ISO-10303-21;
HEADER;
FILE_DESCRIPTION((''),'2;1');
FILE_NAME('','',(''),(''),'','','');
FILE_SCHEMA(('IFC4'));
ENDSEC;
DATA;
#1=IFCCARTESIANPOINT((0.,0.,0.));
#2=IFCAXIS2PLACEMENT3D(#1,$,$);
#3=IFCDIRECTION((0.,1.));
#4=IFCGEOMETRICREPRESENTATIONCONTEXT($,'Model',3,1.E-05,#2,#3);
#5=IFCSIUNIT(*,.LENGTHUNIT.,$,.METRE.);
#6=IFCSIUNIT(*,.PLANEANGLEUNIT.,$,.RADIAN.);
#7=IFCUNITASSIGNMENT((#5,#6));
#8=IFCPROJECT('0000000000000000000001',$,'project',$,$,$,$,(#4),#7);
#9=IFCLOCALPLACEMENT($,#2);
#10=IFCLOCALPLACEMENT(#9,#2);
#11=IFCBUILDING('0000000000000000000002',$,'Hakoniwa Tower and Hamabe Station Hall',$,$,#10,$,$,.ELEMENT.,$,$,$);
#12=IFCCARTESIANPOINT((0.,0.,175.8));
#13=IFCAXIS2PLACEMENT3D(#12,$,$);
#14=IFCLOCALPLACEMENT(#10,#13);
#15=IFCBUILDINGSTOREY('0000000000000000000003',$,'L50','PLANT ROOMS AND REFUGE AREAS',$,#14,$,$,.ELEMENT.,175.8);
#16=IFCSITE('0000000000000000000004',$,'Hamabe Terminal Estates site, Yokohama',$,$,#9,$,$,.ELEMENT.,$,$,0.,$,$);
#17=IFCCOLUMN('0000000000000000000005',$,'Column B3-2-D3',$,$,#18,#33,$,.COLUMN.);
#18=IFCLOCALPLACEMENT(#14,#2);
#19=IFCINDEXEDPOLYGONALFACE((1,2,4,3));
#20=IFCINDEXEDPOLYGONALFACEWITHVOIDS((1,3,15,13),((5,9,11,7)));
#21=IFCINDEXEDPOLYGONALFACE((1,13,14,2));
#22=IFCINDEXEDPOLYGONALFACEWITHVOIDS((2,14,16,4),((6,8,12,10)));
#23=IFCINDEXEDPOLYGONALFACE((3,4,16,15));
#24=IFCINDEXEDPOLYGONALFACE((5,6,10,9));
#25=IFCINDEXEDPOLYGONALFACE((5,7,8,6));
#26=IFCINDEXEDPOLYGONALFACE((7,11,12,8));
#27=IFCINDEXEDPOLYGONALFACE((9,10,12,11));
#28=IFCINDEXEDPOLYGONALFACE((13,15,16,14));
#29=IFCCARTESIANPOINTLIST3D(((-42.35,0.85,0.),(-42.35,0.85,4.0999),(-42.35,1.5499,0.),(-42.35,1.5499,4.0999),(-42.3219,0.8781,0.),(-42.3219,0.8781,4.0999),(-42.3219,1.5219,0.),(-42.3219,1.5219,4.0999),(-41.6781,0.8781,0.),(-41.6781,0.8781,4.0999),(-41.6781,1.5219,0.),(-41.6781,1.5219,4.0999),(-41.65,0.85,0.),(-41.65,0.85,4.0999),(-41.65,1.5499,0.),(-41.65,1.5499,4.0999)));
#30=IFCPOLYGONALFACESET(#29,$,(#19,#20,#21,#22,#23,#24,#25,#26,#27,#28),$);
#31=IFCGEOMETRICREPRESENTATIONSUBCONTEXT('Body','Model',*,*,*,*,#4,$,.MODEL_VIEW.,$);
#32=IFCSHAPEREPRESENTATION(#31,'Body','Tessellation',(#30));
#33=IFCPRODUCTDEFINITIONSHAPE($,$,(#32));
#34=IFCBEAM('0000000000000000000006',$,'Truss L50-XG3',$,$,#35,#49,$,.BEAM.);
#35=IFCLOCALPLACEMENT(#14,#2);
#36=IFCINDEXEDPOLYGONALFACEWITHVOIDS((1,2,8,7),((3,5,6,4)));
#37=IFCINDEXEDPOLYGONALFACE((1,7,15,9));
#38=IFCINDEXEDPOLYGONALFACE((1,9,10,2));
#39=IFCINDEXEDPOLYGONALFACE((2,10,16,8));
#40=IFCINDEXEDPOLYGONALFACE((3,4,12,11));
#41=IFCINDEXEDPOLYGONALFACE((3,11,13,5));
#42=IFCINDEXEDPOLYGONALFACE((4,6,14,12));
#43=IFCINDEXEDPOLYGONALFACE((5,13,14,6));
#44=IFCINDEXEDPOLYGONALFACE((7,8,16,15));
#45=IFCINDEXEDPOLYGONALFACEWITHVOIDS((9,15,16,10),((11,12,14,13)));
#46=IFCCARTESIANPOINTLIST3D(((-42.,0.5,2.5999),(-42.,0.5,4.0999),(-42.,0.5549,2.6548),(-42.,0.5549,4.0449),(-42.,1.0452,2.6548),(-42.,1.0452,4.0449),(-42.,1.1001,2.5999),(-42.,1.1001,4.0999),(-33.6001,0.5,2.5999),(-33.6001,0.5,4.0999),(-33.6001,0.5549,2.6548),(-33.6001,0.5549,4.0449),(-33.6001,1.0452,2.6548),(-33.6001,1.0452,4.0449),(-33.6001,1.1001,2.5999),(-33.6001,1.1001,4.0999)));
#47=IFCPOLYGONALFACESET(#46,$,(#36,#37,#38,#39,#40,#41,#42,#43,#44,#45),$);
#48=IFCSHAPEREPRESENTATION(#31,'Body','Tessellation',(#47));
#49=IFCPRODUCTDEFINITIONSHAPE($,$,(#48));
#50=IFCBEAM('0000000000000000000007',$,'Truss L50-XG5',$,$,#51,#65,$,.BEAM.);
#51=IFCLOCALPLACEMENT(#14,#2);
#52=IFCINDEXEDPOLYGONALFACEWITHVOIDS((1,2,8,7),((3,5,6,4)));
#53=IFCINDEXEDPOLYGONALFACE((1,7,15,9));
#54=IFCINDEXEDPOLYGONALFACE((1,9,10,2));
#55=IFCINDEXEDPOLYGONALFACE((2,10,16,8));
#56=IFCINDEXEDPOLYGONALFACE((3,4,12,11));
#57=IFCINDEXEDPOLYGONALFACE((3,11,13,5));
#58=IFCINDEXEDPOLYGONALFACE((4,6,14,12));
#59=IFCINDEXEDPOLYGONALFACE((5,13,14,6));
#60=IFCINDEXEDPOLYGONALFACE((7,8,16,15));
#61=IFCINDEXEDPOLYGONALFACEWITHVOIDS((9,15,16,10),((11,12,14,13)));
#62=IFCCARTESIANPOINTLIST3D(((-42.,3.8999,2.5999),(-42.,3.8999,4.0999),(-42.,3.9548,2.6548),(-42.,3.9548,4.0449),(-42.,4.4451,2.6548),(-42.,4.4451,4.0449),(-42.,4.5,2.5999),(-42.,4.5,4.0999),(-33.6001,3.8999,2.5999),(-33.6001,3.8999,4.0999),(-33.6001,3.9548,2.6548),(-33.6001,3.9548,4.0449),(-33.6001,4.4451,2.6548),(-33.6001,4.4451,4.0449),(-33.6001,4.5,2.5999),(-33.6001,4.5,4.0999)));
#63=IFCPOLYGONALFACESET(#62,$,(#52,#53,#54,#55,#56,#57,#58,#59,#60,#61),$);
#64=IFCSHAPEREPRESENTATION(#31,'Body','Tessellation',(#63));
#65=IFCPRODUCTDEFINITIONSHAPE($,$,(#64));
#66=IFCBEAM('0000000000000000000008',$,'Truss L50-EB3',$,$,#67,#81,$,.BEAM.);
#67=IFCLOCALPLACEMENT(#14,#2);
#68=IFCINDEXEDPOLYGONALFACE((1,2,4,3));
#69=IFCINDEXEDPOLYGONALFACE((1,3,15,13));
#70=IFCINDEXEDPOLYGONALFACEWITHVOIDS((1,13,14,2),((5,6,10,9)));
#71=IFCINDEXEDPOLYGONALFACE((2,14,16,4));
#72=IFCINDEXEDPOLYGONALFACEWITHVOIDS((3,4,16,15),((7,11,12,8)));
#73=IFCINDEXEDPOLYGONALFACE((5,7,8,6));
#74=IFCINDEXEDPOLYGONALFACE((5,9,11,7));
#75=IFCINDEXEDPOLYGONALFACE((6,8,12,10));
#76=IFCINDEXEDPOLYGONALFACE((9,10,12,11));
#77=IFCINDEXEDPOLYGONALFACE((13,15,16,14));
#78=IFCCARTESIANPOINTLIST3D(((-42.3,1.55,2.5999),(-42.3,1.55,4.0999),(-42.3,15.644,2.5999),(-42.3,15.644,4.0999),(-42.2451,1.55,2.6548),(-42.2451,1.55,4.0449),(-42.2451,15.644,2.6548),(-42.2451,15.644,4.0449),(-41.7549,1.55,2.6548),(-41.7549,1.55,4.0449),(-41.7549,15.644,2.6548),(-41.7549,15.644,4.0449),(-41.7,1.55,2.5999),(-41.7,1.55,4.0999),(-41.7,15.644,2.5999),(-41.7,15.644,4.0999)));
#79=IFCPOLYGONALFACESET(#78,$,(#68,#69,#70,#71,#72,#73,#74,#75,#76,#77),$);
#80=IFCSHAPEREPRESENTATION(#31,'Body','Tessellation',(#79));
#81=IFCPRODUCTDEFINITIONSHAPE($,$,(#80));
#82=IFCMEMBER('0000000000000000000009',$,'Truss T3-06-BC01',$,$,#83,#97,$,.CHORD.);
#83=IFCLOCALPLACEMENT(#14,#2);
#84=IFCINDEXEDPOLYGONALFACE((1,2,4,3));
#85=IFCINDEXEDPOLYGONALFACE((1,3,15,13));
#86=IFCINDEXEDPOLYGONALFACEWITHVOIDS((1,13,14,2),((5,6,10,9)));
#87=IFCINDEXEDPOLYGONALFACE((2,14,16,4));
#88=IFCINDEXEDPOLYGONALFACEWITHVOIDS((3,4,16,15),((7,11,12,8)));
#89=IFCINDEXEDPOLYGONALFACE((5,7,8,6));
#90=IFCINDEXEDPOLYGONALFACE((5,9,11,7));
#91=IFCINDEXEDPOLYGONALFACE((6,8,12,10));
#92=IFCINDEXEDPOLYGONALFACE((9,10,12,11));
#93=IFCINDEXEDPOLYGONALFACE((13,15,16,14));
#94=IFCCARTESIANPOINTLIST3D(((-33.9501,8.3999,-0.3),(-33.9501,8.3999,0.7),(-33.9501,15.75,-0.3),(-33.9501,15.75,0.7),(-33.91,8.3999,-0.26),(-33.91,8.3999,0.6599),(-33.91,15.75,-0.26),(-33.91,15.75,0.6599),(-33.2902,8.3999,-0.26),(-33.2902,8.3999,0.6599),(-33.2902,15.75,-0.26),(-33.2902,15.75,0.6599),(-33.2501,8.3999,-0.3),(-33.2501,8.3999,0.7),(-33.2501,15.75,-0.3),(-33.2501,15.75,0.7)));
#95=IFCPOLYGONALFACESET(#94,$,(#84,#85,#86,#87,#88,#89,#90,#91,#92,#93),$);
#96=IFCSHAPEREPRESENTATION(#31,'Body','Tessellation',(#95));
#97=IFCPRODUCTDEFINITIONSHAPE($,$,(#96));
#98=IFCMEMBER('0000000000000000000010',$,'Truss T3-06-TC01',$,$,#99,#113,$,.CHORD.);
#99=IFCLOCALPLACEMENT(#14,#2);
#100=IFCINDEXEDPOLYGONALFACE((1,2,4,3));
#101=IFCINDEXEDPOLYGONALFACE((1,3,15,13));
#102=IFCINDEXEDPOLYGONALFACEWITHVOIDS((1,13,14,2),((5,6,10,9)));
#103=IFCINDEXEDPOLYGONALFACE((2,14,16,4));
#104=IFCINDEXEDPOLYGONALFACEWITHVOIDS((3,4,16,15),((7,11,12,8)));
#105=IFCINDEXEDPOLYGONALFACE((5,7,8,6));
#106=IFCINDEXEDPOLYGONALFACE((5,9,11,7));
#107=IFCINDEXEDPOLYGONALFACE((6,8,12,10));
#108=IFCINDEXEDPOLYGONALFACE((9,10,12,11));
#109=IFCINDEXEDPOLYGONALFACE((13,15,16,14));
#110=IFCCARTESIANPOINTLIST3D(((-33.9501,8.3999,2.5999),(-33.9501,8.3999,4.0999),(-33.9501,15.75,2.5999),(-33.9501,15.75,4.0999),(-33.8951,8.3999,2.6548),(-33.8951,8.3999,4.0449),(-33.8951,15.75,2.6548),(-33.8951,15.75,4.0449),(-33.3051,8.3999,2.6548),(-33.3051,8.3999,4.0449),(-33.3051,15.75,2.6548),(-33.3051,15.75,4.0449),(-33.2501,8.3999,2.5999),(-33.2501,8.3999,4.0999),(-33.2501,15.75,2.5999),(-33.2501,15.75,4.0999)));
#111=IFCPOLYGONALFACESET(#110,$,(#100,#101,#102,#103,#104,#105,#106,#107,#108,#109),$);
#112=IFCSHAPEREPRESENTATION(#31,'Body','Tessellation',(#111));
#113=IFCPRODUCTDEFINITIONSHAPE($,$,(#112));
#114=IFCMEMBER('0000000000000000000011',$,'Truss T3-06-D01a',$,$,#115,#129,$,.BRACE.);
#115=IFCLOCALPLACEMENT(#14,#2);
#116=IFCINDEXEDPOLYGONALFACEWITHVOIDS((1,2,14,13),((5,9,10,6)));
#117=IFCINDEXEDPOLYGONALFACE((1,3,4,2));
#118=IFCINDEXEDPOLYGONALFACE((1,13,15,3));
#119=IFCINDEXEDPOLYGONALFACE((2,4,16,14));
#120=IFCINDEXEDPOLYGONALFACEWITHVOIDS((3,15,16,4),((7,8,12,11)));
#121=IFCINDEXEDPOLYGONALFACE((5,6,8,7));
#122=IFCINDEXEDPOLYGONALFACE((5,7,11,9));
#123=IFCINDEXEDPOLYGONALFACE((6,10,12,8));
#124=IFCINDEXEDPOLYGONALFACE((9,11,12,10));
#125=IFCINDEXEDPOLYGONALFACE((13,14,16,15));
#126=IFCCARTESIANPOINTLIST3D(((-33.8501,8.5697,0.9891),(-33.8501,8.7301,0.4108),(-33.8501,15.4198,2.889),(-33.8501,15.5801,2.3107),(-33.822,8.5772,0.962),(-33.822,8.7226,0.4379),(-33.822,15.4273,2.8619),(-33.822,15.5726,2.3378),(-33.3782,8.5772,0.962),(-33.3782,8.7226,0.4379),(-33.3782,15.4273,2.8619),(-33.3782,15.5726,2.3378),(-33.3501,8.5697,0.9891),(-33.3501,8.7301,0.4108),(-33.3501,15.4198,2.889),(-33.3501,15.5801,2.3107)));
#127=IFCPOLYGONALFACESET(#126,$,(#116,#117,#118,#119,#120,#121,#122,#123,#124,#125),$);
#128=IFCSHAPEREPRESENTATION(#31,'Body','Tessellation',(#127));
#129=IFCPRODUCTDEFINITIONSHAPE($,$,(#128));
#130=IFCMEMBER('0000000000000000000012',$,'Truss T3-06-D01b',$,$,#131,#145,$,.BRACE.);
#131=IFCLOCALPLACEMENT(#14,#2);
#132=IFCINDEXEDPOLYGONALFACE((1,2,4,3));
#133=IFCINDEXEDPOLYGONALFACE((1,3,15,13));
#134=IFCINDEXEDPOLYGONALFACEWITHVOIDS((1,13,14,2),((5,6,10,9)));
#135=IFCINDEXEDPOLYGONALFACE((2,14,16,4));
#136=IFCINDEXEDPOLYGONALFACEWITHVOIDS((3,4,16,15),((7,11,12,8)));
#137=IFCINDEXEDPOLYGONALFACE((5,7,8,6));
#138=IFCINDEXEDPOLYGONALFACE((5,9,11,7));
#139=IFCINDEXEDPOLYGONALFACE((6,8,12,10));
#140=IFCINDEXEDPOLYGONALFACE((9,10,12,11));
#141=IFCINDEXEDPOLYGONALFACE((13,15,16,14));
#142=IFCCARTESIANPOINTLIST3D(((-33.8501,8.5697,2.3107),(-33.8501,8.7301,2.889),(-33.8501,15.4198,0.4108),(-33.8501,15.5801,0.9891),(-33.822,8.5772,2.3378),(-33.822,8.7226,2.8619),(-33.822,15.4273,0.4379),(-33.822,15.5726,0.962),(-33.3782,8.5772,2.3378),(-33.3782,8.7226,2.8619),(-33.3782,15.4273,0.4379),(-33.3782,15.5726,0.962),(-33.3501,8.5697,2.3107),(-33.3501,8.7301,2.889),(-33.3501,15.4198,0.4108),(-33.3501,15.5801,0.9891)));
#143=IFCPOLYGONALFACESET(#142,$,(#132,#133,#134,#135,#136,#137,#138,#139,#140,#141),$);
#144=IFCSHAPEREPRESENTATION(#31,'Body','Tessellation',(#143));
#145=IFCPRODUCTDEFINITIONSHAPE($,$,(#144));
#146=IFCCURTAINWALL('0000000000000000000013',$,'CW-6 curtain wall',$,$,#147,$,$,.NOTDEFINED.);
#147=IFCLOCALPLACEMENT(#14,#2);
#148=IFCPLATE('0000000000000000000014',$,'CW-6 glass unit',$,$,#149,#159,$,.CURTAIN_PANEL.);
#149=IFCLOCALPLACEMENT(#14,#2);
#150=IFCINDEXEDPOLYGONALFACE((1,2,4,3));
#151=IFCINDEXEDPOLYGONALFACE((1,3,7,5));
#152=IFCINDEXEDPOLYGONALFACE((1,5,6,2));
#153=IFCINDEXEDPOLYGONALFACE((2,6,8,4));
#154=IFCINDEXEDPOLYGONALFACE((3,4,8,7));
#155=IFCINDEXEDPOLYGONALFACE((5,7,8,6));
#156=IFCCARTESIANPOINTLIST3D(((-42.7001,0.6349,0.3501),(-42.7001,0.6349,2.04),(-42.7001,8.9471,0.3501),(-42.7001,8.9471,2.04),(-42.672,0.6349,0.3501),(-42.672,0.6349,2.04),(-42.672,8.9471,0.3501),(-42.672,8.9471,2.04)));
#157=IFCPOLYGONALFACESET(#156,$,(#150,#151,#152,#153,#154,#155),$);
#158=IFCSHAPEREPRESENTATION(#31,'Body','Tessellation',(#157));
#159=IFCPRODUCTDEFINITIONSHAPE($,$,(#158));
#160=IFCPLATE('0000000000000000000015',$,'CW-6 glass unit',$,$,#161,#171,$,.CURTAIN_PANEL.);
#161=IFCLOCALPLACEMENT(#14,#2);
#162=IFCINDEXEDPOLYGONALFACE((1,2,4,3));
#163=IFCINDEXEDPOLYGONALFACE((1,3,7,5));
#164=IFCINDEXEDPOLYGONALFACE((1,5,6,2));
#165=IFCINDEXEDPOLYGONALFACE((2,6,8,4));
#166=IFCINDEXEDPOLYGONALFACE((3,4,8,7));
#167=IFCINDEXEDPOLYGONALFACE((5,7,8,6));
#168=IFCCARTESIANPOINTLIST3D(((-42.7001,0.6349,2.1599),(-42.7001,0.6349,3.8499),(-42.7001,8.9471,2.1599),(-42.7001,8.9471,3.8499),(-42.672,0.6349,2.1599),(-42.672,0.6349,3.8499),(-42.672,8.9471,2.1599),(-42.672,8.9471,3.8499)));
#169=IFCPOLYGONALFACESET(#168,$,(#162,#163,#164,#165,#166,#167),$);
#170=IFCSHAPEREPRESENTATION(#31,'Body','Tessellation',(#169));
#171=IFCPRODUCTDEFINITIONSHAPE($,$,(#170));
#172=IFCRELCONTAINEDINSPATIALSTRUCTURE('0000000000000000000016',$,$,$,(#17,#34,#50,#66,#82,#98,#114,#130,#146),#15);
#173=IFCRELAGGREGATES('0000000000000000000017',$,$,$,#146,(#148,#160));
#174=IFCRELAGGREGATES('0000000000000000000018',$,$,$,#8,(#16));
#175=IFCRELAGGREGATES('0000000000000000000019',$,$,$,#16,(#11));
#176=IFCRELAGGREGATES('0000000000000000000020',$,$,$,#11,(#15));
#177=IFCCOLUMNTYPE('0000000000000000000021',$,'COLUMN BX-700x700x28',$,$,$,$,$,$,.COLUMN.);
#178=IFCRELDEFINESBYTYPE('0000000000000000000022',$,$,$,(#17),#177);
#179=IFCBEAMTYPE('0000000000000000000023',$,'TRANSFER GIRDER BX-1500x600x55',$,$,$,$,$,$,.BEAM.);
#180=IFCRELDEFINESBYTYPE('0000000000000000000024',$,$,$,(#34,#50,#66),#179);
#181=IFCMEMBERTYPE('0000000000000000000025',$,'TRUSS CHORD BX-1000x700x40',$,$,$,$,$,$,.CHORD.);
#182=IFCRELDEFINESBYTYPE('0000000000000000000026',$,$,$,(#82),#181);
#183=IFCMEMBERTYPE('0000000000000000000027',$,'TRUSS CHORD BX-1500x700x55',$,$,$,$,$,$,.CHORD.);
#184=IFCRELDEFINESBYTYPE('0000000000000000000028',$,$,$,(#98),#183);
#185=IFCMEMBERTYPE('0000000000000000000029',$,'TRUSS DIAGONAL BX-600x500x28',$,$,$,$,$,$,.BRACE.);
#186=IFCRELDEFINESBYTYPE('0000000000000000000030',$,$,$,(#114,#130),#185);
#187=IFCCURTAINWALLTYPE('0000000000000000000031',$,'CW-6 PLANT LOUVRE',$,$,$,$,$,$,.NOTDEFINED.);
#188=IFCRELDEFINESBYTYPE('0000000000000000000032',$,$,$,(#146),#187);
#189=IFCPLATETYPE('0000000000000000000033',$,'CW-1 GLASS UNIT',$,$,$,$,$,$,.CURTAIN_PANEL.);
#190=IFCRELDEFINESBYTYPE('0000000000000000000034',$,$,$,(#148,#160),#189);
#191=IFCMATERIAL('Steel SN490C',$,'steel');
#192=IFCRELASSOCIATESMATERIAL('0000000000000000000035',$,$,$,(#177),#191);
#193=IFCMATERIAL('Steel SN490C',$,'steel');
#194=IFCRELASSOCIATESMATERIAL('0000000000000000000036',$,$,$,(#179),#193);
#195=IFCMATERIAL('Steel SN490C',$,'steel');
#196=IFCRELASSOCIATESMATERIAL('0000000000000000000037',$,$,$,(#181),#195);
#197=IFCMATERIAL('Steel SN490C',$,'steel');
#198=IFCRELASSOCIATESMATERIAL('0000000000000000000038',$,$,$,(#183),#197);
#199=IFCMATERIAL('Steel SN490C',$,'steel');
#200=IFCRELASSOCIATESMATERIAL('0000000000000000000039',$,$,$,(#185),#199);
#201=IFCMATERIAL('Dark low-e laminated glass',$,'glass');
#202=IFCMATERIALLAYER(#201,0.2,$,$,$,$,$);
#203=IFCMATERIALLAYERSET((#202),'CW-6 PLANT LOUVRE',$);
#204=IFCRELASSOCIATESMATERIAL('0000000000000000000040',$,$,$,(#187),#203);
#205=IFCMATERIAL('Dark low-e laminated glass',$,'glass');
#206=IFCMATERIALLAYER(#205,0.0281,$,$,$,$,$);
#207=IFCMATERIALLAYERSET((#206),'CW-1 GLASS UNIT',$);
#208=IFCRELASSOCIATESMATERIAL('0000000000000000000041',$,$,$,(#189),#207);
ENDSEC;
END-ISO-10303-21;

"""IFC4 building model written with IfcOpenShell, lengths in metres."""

from ifc_helpers import new_model, si_unit, direction, frame, origin, origin_2d, place, context, subcontext, project, spatial, rectangle, hollow_rectangle, extrude, material, layer, layer_set, material_profile, profile_set, type_object, element, aggregate, save


model = new_model("IFC4")

# Units and contexts
model_context = context("Model", 3, precision=1e-05, world=origin(), true_north=direction((0.0, 1.0)))
body_context = subcontext(model_context, "Body", "Model", "MODEL_VIEW")
ifc_project = project(units=[si_unit("LENGTHUNIT", "METRE"), si_unit("PLANEANGLEUNIT", "RADIAN")], contexts=[model_context])

# Site, building, storey
site_placement = place(None, origin())
site = spatial("IfcSite", under=ifc_project, at=site_placement, Name="Hamabe Terminal Estates site, Yokohama", CompositionType="ELEMENT", RefElevation=0.0)
building_placement = place(site_placement, origin())
building = spatial("IfcBuilding", under=site, at=building_placement, Name="Hakoniwa Tower and Hamabe Station Hall", CompositionType="ELEMENT")
storey_placement = place(building_placement, frame((0.0, 0.0, 175.8)))
storey = spatial("IfcBuildingStorey", under=building, at=storey_placement, Name="L50", Description="PLANT ROOMS AND REFUGE AREAS", CompositionType="ELEMENT", Elevation=175.8)

# Column
ifc_material_1 = material(Name="Steel SN490C", Category="steel")
ifc_material_profile_1 = material_profile(ifc_material_1, hollow_rectangle(XDim=0.7, YDim=0.7, WallThickness=0.0281, at=origin_2d()), Name="BX-700x700x28")
ifc_profile_set_1 = profile_set([ifc_material_profile_1], Name="Steel SN490C")
column_type = type_object("IfcColumnType", Name="COLUMN BX-700x700x28", PredefinedType="COLUMN", material=ifc_profile_set_1)
column_placement = place(storey_placement, frame((-42.0, 1.2, 0.0), z_axis=(0.0, 0.0, 1.0), x_axis=(1.0, 0.0, 0.0)))
element("IfcColumn", 1, at=column_placement, inside=storey, type_object=column_type, Name="Column B3-2-D3", PredefinedType="COLUMN", context=body_context, shape_type="SweptSolid", body=[
    extrude(hollow_rectangle(XDim=0.7, YDim=0.7, WallThickness=0.0281, at=origin_2d()), origin(), (0.0, 0.0, 1.0), 4.0999),
])

# Beams
ifc_material_2 = material(Name="Steel SN490C", Category="steel")
ifc_material_profile_2 = material_profile(ifc_material_2, hollow_rectangle(XDim=0.6001, YDim=1.5, WallThickness=0.0549, at=origin_2d()), Name="BX-1500x600x55")
ifc_profile_set_2 = profile_set([ifc_material_profile_2], Name="Steel SN490C")
beam_type = type_object("IfcBeamType", Name="TRANSFER GIRDER BX-1500x600x55", PredefinedType="BEAM", material=ifc_profile_set_2)
for number, where, z_axis, x_axis, name in (
    (2, (-42.0, 0.8, 3.3499), (1.0, 0.0, 0.0), (0.0, 1.0, 0.0), "Truss L50-XG3"),
    (3, (-42.0, 4.2, 3.3499), (1.0, 0.0, 0.0), (0.0, 1.0, 0.0), "Truss L50-XG5"),
):
    element("IfcBeam", number, at=place(storey_placement, frame(where, z_axis=z_axis, x_axis=x_axis)), inside=storey, type_object=beam_type, Name=name, PredefinedType="BEAM", context=body_context, shape_type="SweptSolid", body=[
        extrude(hollow_rectangle(XDim=0.6001, YDim=1.5, WallThickness=0.0549, at=origin_2d()), origin(), (0.0, 0.0, 1.0), 8.3999),
    ])
beam_placement = place(storey_placement, frame((-42.0, 1.55, 3.3499), z_axis=(0.0, 1.0, 0.0), x_axis=(-1.0, 0.0, 0.0)))
element("IfcBeam", 4, at=beam_placement, inside=storey, type_object=beam_type, Name="Truss L50-EB3", PredefinedType="BEAM", context=body_context, shape_type="SweptSolid", body=[
    extrude(hollow_rectangle(XDim=0.6001, YDim=1.5, WallThickness=0.0549, at=origin_2d()), origin(), (0.0, 0.0, 1.0), 14.094),
])

# Members
ifc_material_3 = material(Name="Steel SN490C", Category="steel")
ifc_material_profile_3 = material_profile(ifc_material_3, hollow_rectangle(XDim=0.7, YDim=1.0, WallThickness=0.04, at=origin_2d()), Name="BX-1000x700x40")
ifc_profile_set_3 = profile_set([ifc_material_profile_3], Name="Steel SN490C")
member_type_1 = type_object("IfcMemberType", Name="TRUSS CHORD BX-1000x700x40", PredefinedType="CHORD", material=ifc_profile_set_3)
member_1_placement = place(storey_placement, frame((-33.6001, 8.3999, 0.2), z_axis=(0.0, 1.0, 0.0), x_axis=(-1.0, 0.0, 0.0)))
element("IfcMember", 5, at=member_1_placement, inside=storey, type_object=member_type_1, Name="Truss T3-06-BC01", PredefinedType="CHORD", context=body_context, shape_type="SweptSolid", body=[
    extrude(hollow_rectangle(XDim=0.7, YDim=1.0, WallThickness=0.04, at=origin_2d()), origin(), (0.0, 0.0, 1.0), 7.3501),
])
ifc_material_4 = material(Name="Steel SN490C", Category="steel")
ifc_material_profile_4 = material_profile(ifc_material_4, hollow_rectangle(XDim=0.7, YDim=1.5, WallThickness=0.0549, at=origin_2d()), Name="BX-1500x700x55")
ifc_profile_set_4 = profile_set([ifc_material_profile_4], Name="Steel SN490C")
member_type_2 = type_object("IfcMemberType", Name="TRUSS CHORD BX-1500x700x55", PredefinedType="CHORD", material=ifc_profile_set_4)
member_2_placement = place(storey_placement, frame((-33.6001, 8.3999, 3.3499), z_axis=(0.0, 1.0, 0.0), x_axis=(-1.0, 0.0, 0.0)))
element("IfcMember", 6, at=member_2_placement, inside=storey, type_object=member_type_2, Name="Truss T3-06-TC01", PredefinedType="CHORD", context=body_context, shape_type="SweptSolid", body=[
    extrude(hollow_rectangle(XDim=0.7, YDim=1.5, WallThickness=0.0549, at=origin_2d()), origin(), (0.0, 0.0, 1.0), 7.3501),
])
ifc_material_5 = material(Name="Steel SN490C", Category="steel")
ifc_material_profile_5 = material_profile(ifc_material_5, hollow_rectangle(XDim=0.5, YDim=0.6001, WallThickness=0.0281, at=origin_2d()), Name="BX-600x500x28")
ifc_profile_set_5 = profile_set([ifc_material_profile_5], Name="Steel SN490C")
member_type_3 = type_object("IfcMemberType", Name="TRUSS DIAGONAL BX-600x500x28", PredefinedType="BRACE", material=ifc_profile_set_5)
for number, where, z_axis, x_axis, name in (
    (7, (-33.6001, 8.6499, 0.7), (0.0, 0.963623, 0.267265), (-1.0, 0.0, 0.0), "Truss T3-06-D01a"),
    (8, (-33.6001, 8.6499, 2.5999), (0.0, 0.963623, -0.267265), (-1.0, 0.0, 0.0), "Truss T3-06-D01b"),
):
    element("IfcMember", number, at=place(storey_placement, frame(where, z_axis=z_axis, x_axis=x_axis)), inside=storey, type_object=member_type_3, Name=name, PredefinedType="BRACE", context=body_context, shape_type="SweptSolid", body=[
        extrude(hollow_rectangle(XDim=0.5, YDim=0.6001, WallThickness=0.0281, at=origin_2d()), origin(), (0.0, 0.0, 1.0), 7.1086),
    ])

# Curtain wall, plates
ifc_material_6 = material(Name="Dark low-e laminated glass", Category="glass")
ifc_layer_1 = layer(ifc_material_6, 0.2)
ifc_layer_set_1 = layer_set([ifc_layer_1], Name="CW-6 PLANT LOUVRE")
curtain_wall_type = type_object("IfcCurtainWallType", Name="CW-6 PLANT LOUVRE", PredefinedType="NOTDEFINED", material=ifc_layer_set_1)
curtain_wall_placement = place(storey_placement, origin())
curtain_wall = element("IfcCurtainWall", 9, at=curtain_wall_placement, inside=storey, type_object=curtain_wall_type, Name="CW-6 curtain wall", PredefinedType="NOTDEFINED")
ifc_material_7 = material(Name="Dark low-e laminated glass", Category="glass")
ifc_layer_2 = layer(ifc_material_7, 0.0281)
ifc_layer_set_2 = layer_set([ifc_layer_2], Name="CW-1 GLASS UNIT")
plate_type = type_object("IfcPlateType", Name="CW-1 GLASS UNIT", PredefinedType="CURTAIN_PANEL", material=ifc_layer_set_2)
plate_1_placement = place(storey_placement, frame((-42.686, 4.791, 0.3501), z_axis=(0.0, 0.0, 1.0), x_axis=(0.0, -1.0, 0.0)))
plate_1 = element("IfcPlate", 10, at=plate_1_placement, type_object=plate_type, Name="CW-6 glass unit", PredefinedType="CURTAIN_PANEL", context=body_context, shape_type="SweptSolid", body=[
    extrude(rectangle(XDim=8.3123, YDim=0.0281, at=origin_2d()), origin(), (0.0, 0.0, 1.0), 1.6899),
])
plate_2_placement = place(storey_placement, frame((-42.686, 4.791, 2.1599), z_axis=(0.0, 0.0, 1.0), x_axis=(0.0, -1.0, 0.0)))
plate_2 = element("IfcPlate", 11, at=plate_2_placement, type_object=plate_type, Name="CW-6 glass unit", PredefinedType="CURTAIN_PANEL", context=body_context, shape_type="SweptSolid", body=[
    extrude(rectangle(XDim=8.3123, YDim=0.0281, at=origin_2d()), origin(), (0.0, 0.0, 1.0), 1.6899),
])
aggregate(curtain_wall, [plate_1, plate_2])

save(model, "model.ifc")
